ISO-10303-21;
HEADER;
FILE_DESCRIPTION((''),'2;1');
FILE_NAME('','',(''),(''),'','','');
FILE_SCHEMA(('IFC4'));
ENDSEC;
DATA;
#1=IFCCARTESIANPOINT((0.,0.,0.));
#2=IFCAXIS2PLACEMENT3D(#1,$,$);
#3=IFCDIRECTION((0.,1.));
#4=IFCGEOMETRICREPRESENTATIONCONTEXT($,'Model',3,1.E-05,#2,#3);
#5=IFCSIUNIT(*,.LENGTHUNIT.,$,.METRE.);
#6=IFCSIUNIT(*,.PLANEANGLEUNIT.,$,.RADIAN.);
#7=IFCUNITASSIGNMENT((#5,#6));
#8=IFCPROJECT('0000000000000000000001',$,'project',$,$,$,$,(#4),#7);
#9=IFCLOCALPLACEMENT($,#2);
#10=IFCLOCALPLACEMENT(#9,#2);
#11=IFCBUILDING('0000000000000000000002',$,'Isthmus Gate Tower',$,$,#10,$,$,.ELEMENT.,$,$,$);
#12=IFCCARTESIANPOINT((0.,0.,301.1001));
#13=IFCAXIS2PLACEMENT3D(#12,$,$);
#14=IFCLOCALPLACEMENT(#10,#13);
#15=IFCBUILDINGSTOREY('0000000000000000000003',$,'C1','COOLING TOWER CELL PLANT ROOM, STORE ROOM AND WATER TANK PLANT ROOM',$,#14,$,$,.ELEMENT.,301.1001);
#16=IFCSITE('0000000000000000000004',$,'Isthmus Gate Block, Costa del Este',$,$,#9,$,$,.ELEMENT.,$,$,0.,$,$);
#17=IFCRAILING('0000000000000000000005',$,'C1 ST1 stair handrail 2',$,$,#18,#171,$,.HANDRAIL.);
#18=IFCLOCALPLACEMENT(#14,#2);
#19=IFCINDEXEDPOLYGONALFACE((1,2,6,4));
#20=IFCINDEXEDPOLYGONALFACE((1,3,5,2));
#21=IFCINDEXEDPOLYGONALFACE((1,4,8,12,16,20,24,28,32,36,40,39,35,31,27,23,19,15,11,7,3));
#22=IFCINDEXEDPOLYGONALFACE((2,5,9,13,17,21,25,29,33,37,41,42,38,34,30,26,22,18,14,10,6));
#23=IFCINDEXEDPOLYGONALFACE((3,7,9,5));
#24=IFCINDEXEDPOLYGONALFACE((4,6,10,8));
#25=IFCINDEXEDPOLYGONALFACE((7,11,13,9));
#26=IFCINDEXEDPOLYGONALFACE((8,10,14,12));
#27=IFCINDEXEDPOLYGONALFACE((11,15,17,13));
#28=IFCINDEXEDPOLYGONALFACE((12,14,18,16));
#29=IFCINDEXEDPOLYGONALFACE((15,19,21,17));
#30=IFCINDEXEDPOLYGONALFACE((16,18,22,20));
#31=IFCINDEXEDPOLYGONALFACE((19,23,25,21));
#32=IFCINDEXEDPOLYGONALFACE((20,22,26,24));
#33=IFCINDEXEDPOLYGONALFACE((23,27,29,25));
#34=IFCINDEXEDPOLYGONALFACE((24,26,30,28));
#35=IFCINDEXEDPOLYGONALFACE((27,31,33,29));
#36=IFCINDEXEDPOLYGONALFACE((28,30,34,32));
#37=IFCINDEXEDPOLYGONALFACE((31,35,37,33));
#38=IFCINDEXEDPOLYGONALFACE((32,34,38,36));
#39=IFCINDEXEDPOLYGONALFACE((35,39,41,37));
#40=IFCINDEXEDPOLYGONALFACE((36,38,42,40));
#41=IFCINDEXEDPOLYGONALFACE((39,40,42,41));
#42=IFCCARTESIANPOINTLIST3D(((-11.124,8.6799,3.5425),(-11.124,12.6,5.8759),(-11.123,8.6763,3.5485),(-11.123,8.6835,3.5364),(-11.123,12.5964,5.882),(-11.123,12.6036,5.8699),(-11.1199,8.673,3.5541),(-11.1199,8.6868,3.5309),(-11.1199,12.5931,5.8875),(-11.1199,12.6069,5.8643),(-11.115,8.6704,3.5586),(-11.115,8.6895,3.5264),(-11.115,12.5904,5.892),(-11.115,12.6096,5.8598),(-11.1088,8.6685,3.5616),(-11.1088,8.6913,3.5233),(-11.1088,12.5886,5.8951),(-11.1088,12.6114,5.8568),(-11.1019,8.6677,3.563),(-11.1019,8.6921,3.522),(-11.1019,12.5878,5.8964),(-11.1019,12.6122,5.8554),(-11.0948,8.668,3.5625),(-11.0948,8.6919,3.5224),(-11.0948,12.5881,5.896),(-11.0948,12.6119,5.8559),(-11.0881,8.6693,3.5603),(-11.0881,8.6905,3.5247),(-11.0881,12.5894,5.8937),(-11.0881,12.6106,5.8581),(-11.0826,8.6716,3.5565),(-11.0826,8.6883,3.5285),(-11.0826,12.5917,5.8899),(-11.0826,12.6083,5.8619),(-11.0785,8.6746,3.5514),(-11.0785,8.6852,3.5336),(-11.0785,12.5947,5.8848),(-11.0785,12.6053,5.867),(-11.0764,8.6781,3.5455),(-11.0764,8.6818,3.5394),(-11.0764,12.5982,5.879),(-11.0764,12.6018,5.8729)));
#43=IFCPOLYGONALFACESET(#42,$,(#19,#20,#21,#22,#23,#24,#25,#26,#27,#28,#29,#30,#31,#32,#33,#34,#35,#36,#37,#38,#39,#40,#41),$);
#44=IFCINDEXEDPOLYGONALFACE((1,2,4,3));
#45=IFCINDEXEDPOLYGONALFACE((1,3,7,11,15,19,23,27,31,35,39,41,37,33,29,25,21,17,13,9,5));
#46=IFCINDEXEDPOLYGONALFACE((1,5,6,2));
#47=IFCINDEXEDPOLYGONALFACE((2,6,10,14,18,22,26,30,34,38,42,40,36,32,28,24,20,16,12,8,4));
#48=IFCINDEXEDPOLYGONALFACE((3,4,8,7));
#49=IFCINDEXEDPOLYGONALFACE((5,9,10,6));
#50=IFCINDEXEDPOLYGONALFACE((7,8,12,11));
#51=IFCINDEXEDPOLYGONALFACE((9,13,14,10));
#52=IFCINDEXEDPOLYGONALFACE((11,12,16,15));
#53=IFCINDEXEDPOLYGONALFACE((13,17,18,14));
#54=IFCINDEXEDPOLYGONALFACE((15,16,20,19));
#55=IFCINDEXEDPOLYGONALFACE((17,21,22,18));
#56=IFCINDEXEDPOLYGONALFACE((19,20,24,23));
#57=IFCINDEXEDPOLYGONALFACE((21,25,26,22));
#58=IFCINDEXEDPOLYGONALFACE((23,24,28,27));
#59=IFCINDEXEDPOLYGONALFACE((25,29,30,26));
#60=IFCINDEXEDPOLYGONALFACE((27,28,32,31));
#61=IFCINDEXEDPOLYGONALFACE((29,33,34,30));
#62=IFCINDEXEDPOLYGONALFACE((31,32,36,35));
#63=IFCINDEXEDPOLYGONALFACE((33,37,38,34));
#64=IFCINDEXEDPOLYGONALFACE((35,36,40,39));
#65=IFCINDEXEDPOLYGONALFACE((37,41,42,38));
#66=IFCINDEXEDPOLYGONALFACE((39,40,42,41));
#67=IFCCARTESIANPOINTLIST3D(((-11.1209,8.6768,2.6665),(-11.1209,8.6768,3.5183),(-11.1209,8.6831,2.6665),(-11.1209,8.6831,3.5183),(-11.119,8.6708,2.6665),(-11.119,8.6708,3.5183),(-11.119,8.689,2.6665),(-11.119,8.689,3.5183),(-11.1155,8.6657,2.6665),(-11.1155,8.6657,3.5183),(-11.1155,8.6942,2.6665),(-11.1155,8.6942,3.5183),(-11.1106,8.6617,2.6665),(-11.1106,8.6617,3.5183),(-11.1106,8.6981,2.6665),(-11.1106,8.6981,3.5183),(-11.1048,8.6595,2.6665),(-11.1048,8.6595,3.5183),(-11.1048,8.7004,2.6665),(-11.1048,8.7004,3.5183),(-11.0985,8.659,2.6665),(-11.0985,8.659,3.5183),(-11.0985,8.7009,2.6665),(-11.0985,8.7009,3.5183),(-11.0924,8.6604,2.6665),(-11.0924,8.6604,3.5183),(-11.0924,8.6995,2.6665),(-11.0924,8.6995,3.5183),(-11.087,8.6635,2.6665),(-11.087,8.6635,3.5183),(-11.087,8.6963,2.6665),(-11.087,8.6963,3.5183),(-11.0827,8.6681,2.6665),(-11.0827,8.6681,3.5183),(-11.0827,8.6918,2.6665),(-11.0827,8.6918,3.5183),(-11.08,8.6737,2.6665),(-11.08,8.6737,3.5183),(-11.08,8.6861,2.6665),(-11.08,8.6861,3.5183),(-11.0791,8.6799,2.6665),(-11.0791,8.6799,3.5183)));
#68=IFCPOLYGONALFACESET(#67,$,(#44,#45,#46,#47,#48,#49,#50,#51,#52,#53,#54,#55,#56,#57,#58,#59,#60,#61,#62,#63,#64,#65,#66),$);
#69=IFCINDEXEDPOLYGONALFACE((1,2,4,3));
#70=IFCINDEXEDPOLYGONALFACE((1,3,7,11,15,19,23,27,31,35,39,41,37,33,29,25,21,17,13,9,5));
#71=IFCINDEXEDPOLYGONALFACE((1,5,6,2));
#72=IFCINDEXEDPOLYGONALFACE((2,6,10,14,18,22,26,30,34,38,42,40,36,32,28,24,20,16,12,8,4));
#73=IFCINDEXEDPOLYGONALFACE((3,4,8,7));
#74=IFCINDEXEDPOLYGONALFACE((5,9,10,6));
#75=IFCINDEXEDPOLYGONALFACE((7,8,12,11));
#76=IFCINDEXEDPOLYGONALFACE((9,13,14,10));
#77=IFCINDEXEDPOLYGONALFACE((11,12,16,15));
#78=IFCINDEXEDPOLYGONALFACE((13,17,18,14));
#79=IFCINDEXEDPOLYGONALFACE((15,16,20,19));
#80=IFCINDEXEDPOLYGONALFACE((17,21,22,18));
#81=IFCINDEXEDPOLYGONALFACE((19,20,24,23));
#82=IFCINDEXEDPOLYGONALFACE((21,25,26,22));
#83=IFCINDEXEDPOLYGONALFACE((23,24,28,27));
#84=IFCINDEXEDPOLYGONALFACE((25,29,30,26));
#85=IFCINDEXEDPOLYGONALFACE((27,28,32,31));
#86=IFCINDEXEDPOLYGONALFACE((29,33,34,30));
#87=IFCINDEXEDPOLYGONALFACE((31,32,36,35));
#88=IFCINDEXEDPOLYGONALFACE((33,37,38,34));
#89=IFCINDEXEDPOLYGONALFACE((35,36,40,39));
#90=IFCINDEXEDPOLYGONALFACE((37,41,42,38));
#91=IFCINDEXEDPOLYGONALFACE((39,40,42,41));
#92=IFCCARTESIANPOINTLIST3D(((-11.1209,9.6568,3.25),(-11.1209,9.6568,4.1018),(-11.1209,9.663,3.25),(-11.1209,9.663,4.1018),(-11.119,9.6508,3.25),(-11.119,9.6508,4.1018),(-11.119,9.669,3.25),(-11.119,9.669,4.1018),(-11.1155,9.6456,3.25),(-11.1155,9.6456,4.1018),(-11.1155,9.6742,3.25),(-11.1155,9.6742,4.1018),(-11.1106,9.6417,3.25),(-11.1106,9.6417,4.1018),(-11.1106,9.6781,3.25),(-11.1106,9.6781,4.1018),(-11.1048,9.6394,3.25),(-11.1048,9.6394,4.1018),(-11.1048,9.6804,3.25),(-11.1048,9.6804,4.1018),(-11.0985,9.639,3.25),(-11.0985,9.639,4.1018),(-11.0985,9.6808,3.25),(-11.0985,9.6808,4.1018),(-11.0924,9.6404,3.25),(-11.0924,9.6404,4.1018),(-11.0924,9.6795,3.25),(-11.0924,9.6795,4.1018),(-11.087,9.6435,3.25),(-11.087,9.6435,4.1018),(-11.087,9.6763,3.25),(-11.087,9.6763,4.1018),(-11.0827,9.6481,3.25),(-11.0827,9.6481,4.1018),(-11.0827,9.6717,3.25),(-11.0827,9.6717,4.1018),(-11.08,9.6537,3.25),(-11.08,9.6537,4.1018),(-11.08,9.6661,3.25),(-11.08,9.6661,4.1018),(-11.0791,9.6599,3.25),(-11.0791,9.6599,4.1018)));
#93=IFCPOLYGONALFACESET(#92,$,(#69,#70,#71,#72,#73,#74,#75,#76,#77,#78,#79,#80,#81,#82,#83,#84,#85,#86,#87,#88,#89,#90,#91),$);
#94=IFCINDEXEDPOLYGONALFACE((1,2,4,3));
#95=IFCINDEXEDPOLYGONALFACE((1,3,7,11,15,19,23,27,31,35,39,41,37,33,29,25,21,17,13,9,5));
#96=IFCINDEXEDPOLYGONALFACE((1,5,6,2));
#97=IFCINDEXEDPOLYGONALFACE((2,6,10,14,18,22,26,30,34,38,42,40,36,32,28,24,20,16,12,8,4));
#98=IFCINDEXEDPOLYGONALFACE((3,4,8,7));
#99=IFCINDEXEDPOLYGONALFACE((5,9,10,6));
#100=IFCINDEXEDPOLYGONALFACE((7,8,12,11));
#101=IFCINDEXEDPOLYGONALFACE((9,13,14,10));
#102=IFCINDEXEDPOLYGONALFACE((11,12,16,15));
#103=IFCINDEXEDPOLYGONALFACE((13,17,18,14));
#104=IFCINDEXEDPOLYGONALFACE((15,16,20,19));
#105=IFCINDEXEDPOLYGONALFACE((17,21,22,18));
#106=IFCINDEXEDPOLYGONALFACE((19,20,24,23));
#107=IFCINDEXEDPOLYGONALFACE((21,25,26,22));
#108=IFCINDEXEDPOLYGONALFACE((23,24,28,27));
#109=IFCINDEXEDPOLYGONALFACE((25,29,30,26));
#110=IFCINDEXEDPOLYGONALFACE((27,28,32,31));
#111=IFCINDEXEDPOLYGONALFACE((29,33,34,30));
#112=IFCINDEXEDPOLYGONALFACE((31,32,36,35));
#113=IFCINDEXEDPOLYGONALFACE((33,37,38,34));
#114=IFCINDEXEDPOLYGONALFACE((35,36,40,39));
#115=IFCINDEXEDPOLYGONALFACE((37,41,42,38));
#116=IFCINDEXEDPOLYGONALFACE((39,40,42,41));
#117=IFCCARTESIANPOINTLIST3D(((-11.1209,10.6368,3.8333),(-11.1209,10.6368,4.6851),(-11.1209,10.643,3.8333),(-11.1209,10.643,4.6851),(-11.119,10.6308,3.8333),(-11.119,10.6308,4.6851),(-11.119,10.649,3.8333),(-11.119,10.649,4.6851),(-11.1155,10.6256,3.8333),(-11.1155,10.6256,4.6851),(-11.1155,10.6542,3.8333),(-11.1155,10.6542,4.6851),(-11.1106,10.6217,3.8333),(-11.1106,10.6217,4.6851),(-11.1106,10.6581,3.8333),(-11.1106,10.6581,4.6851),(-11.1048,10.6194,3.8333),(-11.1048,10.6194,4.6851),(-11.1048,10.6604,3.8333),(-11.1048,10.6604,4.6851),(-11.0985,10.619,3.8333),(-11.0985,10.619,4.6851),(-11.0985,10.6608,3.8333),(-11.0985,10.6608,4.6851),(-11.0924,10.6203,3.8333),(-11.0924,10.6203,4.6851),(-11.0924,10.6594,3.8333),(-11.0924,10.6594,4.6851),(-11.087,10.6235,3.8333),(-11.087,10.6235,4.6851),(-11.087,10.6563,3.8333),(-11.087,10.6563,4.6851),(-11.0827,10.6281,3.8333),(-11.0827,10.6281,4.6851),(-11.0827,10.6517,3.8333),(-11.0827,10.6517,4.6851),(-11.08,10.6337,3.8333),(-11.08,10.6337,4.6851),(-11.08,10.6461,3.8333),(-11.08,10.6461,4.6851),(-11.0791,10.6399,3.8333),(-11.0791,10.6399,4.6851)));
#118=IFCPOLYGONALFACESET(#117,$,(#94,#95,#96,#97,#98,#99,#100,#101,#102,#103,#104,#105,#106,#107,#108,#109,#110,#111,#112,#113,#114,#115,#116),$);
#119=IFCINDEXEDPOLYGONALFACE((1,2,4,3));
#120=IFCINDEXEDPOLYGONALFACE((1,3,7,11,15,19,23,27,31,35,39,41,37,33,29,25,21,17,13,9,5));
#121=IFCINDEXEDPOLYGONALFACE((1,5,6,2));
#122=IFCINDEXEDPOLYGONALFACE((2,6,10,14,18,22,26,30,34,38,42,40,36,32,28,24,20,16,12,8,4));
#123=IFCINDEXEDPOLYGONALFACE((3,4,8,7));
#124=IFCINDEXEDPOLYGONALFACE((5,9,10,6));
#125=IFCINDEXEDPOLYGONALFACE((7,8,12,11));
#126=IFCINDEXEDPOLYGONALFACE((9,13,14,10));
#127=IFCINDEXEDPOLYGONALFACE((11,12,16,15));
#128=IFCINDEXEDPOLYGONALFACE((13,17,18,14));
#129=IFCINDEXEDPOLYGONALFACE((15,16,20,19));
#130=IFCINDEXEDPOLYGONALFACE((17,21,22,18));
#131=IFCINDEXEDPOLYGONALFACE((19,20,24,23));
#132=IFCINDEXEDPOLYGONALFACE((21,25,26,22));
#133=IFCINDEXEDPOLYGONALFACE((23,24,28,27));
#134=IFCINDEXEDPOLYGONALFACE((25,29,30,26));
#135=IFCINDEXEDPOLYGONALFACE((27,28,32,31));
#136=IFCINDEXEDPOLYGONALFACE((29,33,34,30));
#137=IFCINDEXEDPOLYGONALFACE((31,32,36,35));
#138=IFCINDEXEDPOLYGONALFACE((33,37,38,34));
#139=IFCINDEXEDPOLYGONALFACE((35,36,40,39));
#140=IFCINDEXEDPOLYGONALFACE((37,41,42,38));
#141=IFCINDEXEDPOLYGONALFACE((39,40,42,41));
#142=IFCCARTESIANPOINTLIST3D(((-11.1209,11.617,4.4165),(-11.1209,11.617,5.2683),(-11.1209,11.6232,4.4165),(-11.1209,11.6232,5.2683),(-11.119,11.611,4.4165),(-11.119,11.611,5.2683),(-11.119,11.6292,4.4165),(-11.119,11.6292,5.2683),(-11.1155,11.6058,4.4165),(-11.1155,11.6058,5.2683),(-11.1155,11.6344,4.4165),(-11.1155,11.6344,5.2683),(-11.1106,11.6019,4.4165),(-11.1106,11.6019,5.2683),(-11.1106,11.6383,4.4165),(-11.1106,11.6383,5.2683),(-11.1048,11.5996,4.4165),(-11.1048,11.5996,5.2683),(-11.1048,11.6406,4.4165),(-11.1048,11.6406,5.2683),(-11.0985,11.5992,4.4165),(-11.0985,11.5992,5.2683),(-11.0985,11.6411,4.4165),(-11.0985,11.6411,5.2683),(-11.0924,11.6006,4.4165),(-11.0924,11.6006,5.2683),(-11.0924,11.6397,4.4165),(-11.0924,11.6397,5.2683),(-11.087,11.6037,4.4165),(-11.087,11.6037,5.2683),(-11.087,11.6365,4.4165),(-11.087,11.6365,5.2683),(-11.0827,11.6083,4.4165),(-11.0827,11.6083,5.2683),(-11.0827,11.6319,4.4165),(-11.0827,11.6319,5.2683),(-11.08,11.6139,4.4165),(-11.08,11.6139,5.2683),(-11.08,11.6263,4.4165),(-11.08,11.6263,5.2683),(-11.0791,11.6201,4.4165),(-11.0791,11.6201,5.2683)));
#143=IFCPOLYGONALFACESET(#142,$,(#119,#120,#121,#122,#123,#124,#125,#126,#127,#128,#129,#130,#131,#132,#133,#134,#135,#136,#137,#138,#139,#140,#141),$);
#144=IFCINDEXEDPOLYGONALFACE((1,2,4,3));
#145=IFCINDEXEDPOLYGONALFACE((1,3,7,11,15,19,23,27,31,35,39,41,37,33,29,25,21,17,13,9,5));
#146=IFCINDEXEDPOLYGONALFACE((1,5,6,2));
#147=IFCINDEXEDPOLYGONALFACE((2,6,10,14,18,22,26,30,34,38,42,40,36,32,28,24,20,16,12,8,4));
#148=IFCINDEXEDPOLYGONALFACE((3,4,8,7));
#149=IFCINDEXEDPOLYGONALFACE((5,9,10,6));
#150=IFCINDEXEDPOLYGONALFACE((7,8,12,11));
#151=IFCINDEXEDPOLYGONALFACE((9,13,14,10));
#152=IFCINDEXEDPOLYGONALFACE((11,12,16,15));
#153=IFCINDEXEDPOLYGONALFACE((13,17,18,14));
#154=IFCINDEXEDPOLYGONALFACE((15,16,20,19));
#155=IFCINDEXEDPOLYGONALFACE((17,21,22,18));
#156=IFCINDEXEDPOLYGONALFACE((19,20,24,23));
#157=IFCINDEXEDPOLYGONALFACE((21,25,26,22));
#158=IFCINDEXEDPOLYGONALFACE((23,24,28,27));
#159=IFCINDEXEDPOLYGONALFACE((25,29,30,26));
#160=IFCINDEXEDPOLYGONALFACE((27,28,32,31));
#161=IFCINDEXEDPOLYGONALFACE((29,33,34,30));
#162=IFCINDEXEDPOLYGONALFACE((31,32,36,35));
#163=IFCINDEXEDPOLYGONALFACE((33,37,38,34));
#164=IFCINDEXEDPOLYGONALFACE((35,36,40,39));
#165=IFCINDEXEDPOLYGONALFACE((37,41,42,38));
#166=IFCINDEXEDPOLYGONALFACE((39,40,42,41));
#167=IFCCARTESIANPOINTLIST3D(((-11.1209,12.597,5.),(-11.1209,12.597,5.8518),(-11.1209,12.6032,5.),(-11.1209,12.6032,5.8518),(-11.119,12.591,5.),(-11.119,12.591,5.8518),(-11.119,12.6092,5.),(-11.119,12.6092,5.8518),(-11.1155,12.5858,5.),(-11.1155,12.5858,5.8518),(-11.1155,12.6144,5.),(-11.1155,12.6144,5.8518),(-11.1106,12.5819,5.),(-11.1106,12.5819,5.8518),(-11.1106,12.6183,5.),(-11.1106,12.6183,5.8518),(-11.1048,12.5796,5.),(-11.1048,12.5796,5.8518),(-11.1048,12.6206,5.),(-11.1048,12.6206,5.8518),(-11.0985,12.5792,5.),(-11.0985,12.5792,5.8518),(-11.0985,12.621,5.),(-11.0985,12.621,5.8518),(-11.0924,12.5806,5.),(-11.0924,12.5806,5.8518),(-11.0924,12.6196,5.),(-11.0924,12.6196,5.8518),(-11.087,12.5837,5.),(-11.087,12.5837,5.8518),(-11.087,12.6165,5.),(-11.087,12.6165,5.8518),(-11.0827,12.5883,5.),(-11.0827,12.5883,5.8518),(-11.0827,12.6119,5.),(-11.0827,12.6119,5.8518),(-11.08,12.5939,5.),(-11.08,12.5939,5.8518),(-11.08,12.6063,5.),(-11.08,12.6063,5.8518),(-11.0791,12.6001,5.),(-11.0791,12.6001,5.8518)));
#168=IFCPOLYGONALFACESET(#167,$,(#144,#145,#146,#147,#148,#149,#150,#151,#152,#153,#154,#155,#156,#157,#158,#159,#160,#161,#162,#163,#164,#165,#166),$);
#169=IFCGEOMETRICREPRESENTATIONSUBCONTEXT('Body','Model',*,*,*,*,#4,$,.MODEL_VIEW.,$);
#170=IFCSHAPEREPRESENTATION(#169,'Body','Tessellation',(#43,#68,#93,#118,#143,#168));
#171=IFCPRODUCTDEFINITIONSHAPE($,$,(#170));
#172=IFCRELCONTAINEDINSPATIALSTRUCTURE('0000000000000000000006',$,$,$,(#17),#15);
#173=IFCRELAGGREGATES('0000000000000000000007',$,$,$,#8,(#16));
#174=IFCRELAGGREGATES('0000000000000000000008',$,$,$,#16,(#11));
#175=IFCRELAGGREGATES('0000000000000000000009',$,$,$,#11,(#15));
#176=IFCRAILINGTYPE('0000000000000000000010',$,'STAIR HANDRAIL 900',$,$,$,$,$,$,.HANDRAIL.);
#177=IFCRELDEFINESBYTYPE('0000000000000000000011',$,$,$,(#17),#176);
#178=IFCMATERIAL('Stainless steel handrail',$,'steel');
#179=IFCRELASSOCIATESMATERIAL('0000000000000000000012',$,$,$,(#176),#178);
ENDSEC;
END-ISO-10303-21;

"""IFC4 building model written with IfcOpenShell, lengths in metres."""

from ifc_helpers import new_model, si_unit, direction, frame, origin, origin_2d, place, context, subcontext, project, spatial, circle, extrude, material, type_object, element, save


model = new_model("IFC4")

# Units and contexts
model_context = context("Model", 3, precision=1e-05, world=origin(), true_north=direction((0.0, 1.0)))
body_context = subcontext(model_context, "Body", "Model", "MODEL_VIEW")
ifc_project = project(units=[si_unit("LENGTHUNIT", "METRE"), si_unit("PLANEANGLEUNIT", "RADIAN")], contexts=[model_context])

# Site, building, storey
site_placement = place(None, origin())
site = spatial("IfcSite", under=ifc_project, at=site_placement, Name="Isthmus Gate Block, Costa del Este", CompositionType="ELEMENT", RefElevation=0.0)
building_placement = place(site_placement, origin())
building = spatial("IfcBuilding", under=site, at=building_placement, Name="Isthmus Gate Tower", CompositionType="ELEMENT")
storey_placement = place(building_placement, frame((0.0, 0.0, 301.1001)))
storey = spatial("IfcBuildingStorey", under=building, at=storey_placement, Name="C1", Description="COOLING TOWER CELL PLANT ROOM, STORE ROOM AND WATER TANK PLANT ROOM", CompositionType="ELEMENT", Elevation=301.1001)

# Railing
ifc_material_1 = material(Name="Stainless steel handrail", Category="steel")
railing_type_1 = type_object("IfcRailingType", Name="STAIR HANDRAIL 900", PredefinedType="HANDRAIL", material=ifc_material_1)
railing_1_placement = place(storey_placement, frame((-11.1001, 8.6799, 2.6665)))
element("IfcRailing", 1, at=railing_1_placement, inside=storey, type_object=railing_type_1, Name="C1 ST1 stair handrail 2", PredefinedType="HANDRAIL", context=body_context, shape_type="SweptSolid", body=[
    extrude(circle(Radius=0.0239, at=origin_2d()), frame((0.0, 0.0, 0.876), z_axis=(0.0, 0.859287, 0.511494), x_axis=(-1.0, 0.0, 0.0)), (0.0, 0.0, 1.0), 4.562),
    extrude(circle(Radius=0.021, at=origin_2d()), origin(), (0.0, 0.0, 1.0), 0.8518),
    extrude(circle(Radius=0.021, at=origin_2d()), frame((0.0, 0.98, 0.5835)), (0.0, 0.0, 1.0), 0.8518),
    extrude(circle(Radius=0.021, at=origin_2d()), frame((0.0, 1.96, 1.1667)), (0.0, 0.0, 1.0), 0.8518),
    extrude(circle(Radius=0.021, at=origin_2d()), frame((0.0, 2.9402, 1.75)), (0.0, 0.0, 1.0), 0.8518),
    extrude(circle(Radius=0.021, at=origin_2d()), frame((0.0, 3.9202, 2.3335)), (0.0, 0.0, 1.0), 0.8518),
])

save(model, "model.ifc")
